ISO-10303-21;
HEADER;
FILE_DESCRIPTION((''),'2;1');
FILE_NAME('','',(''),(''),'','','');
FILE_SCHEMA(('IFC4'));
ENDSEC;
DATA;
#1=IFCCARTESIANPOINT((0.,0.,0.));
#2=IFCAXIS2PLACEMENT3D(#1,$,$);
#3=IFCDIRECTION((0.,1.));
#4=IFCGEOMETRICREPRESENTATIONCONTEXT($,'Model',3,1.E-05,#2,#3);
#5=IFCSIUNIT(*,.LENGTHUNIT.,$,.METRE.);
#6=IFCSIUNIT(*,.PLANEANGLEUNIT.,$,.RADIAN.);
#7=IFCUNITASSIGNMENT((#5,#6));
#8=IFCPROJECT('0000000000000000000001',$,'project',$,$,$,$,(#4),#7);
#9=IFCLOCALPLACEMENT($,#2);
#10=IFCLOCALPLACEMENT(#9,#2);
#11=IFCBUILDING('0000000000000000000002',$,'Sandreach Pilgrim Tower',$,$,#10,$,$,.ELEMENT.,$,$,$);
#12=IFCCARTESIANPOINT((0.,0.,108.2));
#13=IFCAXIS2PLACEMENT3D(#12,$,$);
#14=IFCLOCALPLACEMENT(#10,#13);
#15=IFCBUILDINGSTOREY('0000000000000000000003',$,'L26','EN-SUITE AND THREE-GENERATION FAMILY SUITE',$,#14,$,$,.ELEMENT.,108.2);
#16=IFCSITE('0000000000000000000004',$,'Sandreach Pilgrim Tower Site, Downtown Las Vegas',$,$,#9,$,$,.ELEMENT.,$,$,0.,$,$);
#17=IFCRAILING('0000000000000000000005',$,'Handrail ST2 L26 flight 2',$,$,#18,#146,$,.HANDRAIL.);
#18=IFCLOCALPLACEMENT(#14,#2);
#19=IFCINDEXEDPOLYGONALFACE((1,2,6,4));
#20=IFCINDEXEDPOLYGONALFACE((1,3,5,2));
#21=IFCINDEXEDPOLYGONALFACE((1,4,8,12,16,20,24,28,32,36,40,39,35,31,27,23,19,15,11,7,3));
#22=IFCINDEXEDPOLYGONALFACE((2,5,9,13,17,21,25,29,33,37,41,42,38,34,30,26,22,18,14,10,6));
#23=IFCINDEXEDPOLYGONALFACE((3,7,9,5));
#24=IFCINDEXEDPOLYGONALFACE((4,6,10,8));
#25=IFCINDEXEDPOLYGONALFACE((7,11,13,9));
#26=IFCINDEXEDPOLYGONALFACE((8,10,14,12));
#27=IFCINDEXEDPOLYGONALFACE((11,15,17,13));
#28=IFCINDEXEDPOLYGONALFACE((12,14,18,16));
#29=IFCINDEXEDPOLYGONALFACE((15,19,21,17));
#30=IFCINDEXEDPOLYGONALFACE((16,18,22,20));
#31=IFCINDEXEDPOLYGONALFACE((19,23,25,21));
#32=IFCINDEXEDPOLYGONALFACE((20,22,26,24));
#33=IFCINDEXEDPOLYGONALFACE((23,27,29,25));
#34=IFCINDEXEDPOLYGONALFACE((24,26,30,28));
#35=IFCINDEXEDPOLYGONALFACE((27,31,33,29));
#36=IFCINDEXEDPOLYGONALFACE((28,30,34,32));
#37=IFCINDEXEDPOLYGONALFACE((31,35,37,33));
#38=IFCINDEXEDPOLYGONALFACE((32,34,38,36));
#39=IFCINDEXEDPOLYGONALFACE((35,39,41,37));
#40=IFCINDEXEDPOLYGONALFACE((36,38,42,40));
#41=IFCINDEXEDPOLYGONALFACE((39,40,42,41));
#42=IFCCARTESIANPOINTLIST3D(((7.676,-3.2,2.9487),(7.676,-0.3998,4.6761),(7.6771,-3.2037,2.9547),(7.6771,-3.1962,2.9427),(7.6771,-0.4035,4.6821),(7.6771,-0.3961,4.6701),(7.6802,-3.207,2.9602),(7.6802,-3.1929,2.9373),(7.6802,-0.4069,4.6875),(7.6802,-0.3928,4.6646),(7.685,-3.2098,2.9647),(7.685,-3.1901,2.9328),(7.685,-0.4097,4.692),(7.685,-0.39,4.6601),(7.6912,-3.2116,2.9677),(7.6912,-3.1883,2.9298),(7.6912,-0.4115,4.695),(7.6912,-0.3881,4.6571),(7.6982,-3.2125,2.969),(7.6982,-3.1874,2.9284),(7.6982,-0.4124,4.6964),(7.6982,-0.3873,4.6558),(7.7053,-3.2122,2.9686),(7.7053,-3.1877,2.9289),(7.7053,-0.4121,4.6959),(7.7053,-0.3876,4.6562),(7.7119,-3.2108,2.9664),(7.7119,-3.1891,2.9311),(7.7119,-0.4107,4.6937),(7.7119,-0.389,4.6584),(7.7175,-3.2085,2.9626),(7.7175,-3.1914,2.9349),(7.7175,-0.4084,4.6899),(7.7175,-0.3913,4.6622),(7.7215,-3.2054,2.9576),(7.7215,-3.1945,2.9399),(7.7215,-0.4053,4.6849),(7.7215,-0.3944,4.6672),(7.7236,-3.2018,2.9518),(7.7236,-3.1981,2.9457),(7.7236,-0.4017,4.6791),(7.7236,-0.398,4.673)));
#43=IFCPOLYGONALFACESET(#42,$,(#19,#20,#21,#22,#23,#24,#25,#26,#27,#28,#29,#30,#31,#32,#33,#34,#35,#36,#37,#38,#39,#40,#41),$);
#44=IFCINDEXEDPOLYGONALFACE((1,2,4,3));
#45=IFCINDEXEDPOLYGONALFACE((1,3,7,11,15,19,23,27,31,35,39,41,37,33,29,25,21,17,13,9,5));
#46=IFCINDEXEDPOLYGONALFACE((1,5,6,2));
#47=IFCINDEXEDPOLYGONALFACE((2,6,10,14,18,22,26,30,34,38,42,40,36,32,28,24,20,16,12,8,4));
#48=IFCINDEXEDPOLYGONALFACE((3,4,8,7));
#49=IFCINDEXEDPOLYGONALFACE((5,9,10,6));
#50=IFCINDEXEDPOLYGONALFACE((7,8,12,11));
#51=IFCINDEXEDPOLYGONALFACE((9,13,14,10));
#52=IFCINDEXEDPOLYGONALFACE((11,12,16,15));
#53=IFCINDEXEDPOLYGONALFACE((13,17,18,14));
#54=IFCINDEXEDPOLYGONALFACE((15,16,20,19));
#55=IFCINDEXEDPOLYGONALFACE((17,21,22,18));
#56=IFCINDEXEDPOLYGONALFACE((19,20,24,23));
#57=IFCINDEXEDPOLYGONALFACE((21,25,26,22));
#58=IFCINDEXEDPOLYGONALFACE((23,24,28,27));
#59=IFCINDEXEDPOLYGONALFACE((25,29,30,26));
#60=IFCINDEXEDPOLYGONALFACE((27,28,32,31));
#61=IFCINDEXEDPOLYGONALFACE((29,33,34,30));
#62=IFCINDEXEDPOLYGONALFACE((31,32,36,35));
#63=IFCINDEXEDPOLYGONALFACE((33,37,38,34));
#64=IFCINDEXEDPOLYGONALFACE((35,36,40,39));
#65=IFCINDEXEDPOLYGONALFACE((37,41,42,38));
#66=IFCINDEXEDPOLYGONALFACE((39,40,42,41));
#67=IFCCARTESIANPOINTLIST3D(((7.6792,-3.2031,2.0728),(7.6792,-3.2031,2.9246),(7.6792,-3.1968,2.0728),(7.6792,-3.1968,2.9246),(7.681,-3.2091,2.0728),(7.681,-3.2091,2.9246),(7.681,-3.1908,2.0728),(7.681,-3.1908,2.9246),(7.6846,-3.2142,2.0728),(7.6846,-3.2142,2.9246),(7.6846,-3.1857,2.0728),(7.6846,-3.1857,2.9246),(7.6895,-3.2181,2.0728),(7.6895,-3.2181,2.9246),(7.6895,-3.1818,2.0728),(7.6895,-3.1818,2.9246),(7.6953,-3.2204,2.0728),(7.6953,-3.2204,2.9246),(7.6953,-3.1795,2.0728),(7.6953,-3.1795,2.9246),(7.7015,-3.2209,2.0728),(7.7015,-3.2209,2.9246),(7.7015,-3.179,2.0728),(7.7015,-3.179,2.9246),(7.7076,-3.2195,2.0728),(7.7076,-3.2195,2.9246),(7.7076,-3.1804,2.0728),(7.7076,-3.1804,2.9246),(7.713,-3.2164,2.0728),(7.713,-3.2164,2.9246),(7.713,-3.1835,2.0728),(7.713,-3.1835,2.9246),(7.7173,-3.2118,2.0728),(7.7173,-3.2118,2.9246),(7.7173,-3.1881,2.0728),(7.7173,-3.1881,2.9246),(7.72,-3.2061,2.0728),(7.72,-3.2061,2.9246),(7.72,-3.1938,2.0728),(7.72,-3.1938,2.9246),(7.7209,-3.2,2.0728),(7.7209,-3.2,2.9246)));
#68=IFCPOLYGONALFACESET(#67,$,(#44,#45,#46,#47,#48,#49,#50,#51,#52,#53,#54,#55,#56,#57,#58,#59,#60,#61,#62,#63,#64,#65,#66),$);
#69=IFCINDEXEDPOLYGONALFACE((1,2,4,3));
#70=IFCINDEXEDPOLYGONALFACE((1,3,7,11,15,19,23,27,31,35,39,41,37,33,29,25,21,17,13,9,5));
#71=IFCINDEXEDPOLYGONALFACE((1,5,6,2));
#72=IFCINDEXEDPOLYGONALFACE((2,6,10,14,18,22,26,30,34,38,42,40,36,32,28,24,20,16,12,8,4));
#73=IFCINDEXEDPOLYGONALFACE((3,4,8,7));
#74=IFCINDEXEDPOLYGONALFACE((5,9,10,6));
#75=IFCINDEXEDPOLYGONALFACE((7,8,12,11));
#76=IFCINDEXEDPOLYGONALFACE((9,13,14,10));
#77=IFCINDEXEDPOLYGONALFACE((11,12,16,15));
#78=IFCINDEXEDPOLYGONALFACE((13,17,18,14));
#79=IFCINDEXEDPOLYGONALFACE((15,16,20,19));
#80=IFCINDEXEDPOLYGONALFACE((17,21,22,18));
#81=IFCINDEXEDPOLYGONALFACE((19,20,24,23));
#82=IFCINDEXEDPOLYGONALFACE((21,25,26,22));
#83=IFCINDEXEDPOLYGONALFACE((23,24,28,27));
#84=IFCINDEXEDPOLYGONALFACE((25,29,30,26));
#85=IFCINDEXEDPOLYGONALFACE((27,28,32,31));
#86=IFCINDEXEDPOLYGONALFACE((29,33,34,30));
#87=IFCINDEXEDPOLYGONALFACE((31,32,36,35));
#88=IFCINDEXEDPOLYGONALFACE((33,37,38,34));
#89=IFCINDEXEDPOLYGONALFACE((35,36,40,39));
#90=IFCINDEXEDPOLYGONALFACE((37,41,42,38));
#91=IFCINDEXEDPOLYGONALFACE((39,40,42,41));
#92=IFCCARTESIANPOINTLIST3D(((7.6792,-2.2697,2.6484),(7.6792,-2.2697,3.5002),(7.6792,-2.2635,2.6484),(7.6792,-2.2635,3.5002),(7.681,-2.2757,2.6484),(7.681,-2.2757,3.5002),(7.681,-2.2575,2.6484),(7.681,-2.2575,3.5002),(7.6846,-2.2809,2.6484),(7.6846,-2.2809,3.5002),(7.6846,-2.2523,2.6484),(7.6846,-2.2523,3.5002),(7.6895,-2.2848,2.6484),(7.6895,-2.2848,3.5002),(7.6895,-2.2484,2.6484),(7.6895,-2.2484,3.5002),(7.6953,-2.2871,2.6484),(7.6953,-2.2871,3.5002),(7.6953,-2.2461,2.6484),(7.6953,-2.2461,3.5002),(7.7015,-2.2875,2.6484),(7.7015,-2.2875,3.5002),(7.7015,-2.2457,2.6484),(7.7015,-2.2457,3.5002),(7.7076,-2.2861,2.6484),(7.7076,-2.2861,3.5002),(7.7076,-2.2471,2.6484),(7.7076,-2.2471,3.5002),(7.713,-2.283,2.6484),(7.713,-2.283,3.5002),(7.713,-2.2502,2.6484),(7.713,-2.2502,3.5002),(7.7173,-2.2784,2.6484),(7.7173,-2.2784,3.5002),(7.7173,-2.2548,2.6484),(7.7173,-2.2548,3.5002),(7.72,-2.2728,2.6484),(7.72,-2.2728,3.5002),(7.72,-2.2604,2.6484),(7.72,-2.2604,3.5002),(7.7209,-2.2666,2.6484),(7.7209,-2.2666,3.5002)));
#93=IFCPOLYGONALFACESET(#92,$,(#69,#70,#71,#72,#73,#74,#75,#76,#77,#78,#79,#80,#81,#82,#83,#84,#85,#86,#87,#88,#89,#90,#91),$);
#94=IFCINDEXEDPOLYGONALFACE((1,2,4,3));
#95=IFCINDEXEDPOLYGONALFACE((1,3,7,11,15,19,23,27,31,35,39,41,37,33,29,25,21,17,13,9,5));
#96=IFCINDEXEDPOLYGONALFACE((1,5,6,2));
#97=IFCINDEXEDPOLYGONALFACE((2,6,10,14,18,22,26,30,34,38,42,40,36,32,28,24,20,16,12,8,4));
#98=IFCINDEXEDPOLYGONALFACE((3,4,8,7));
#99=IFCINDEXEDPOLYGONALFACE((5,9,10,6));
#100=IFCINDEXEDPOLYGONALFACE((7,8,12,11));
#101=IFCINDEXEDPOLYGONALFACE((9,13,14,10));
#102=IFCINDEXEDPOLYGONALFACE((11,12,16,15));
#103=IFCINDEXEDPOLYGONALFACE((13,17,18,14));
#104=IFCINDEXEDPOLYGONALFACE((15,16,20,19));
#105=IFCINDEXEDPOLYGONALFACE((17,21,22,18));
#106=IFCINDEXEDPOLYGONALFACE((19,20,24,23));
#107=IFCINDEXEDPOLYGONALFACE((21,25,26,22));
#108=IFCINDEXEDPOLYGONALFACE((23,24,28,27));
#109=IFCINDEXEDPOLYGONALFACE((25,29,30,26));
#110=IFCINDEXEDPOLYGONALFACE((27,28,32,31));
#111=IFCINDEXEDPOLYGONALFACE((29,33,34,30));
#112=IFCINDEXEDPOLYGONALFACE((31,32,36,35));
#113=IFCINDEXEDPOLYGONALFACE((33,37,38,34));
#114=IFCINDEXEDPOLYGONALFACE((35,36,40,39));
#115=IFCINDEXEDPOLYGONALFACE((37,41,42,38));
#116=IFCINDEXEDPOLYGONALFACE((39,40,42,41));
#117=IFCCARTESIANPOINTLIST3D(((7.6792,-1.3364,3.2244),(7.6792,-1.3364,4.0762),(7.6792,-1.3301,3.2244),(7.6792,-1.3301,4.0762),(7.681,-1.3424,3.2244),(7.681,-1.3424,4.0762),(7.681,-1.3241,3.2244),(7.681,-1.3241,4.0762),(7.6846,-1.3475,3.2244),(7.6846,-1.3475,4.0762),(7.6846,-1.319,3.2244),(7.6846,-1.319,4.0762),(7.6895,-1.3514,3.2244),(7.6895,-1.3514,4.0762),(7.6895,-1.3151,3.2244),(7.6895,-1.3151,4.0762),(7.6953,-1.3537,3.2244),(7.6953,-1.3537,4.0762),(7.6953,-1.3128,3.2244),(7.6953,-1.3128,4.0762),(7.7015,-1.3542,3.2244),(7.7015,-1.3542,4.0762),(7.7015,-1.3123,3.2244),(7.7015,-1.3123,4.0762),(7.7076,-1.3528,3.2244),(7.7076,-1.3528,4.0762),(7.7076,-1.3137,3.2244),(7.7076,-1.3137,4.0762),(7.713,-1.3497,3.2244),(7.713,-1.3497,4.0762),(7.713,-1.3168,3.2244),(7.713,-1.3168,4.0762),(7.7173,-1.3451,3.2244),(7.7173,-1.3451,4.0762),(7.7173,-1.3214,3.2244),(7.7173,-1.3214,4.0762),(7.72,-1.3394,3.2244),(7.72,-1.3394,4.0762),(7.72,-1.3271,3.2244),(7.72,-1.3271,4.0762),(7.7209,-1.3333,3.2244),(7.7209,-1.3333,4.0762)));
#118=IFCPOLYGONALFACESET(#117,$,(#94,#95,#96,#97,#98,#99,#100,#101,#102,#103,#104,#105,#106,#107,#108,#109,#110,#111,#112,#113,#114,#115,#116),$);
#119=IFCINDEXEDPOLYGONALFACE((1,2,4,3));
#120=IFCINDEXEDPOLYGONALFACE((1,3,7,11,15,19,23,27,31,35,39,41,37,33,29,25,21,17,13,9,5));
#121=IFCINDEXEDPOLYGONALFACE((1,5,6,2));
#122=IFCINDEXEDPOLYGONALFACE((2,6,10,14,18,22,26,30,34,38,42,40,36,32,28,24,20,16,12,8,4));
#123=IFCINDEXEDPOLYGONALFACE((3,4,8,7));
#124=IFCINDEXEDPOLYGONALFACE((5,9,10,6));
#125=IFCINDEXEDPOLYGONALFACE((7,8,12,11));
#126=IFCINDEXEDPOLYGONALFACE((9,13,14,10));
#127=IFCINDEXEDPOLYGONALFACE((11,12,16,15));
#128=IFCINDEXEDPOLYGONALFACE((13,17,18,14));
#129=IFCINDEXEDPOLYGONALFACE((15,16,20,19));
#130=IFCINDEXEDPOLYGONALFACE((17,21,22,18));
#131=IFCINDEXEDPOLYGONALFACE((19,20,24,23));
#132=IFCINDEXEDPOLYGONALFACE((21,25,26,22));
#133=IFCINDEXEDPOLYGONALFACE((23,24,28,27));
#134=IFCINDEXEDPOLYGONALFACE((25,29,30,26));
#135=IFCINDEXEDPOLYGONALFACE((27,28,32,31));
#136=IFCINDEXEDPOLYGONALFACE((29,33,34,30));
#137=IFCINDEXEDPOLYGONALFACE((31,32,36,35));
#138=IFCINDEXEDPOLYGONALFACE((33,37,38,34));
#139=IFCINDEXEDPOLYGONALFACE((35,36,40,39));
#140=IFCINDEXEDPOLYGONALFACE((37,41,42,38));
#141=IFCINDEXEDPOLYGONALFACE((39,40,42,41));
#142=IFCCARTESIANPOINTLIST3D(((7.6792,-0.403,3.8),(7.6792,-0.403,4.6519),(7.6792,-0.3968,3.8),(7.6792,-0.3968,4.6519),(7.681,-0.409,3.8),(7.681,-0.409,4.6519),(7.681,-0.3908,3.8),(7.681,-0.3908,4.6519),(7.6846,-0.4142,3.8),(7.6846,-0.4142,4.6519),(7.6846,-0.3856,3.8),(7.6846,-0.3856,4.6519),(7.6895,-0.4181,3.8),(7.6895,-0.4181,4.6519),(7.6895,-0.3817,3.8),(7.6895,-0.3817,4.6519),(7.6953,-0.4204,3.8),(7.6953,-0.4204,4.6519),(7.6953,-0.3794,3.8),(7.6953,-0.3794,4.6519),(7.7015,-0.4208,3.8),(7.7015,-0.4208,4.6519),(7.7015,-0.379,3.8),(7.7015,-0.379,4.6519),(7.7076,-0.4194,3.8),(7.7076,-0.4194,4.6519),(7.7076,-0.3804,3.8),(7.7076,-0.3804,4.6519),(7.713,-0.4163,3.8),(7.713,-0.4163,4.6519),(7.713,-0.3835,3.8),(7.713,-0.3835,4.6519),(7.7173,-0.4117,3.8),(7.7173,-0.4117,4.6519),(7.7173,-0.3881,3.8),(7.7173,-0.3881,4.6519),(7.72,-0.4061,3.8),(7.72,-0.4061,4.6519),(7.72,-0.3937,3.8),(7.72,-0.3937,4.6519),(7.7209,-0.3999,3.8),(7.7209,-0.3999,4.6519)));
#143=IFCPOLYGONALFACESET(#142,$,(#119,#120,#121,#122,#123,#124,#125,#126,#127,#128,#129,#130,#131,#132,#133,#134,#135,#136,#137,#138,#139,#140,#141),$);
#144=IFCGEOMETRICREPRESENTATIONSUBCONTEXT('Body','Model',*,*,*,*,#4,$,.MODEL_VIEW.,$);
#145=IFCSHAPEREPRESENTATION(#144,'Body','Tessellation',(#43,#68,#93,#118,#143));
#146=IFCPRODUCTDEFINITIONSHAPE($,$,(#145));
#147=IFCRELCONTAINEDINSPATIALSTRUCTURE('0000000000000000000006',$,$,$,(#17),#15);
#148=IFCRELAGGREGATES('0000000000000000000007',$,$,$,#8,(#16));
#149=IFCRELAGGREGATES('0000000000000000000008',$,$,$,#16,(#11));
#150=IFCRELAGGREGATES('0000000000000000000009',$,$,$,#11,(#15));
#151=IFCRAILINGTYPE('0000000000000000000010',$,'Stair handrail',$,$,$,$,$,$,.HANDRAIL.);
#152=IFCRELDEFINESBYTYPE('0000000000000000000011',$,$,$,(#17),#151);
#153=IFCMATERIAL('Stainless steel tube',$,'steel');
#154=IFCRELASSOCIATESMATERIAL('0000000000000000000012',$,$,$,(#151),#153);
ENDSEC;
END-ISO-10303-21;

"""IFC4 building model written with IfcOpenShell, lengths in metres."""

from ifc_helpers import new_model, si_unit, direction, frame, origin, origin_2d, place, context, subcontext, project, spatial, circle, extrude, material, type_object, element, save


model = new_model("IFC4")

# Units and contexts
model_context = context("Model", 3, precision=1e-05, world=origin(), true_north=direction((0.0, 1.0)))
body_context = subcontext(model_context, "Body", "Model", "MODEL_VIEW")
ifc_project = project(units=[si_unit("LENGTHUNIT", "METRE"), si_unit("PLANEANGLEUNIT", "RADIAN")], contexts=[model_context])

# Site, building, storey
site_placement = place(None, origin())
site = spatial("IfcSite", under=ifc_project, at=site_placement, Name="Sandreach Pilgrim Tower Site, Downtown Las Vegas", CompositionType="ELEMENT", RefElevation=0.0)
building_placement = place(site_placement, origin())
building = spatial("IfcBuilding", under=site, at=building_placement, Name="Sandreach Pilgrim Tower", CompositionType="ELEMENT")
storey_placement = place(building_placement, frame((0.0, 0.0, 108.2)))
storey = spatial("IfcBuildingStorey", under=building, at=storey_placement, Name="L26", Description="EN-SUITE AND THREE-GENERATION FAMILY SUITE", CompositionType="ELEMENT", Elevation=108.2)

# Railing
ifc_material_1 = material(Name="Stainless steel tube", Category="steel")
railing_type = type_object("IfcRailingType", Name="Stair handrail", PredefinedType="HANDRAIL", material=ifc_material_1)
for number, where, name in (
    (1, (7.7, -3.2, 2.0728), "Handrail ST2 L26 flight 2"),
):
    element("IfcRailing", number, at=place(storey_placement, frame(where)), inside=storey, type_object=railing_type, Name=name, PredefinedType="HANDRAIL", context=body_context, shape_type="SweptSolid", body=[
        extrude(circle(Radius=0.0239, at=origin_2d()), frame((0.0, 0.0, 0.876), z_axis=(0.0, 0.85109, 0.52502), x_axis=(-1.0, 0.0, 0.0)), (0.0, 0.0, 1.0), 3.29),
        extrude(circle(Radius=0.021, at=origin_2d()), origin(), (0.0, 0.0, 1.0), 0.8518),
        extrude(circle(Radius=0.021, at=origin_2d()), frame((0.0, 0.9333, 0.5757)), (0.0, 0.0, 1.0), 0.8518),
        extrude(circle(Radius=0.021, at=origin_2d()), frame((0.0, 1.8667, 1.1516)), (0.0, 0.0, 1.0), 0.8518),
        extrude(circle(Radius=0.021, at=origin_2d()), frame((0.0, 2.8, 1.7273)), (0.0, 0.0, 1.0), 0.8518),
    ])

save(model, "model.ifc")
